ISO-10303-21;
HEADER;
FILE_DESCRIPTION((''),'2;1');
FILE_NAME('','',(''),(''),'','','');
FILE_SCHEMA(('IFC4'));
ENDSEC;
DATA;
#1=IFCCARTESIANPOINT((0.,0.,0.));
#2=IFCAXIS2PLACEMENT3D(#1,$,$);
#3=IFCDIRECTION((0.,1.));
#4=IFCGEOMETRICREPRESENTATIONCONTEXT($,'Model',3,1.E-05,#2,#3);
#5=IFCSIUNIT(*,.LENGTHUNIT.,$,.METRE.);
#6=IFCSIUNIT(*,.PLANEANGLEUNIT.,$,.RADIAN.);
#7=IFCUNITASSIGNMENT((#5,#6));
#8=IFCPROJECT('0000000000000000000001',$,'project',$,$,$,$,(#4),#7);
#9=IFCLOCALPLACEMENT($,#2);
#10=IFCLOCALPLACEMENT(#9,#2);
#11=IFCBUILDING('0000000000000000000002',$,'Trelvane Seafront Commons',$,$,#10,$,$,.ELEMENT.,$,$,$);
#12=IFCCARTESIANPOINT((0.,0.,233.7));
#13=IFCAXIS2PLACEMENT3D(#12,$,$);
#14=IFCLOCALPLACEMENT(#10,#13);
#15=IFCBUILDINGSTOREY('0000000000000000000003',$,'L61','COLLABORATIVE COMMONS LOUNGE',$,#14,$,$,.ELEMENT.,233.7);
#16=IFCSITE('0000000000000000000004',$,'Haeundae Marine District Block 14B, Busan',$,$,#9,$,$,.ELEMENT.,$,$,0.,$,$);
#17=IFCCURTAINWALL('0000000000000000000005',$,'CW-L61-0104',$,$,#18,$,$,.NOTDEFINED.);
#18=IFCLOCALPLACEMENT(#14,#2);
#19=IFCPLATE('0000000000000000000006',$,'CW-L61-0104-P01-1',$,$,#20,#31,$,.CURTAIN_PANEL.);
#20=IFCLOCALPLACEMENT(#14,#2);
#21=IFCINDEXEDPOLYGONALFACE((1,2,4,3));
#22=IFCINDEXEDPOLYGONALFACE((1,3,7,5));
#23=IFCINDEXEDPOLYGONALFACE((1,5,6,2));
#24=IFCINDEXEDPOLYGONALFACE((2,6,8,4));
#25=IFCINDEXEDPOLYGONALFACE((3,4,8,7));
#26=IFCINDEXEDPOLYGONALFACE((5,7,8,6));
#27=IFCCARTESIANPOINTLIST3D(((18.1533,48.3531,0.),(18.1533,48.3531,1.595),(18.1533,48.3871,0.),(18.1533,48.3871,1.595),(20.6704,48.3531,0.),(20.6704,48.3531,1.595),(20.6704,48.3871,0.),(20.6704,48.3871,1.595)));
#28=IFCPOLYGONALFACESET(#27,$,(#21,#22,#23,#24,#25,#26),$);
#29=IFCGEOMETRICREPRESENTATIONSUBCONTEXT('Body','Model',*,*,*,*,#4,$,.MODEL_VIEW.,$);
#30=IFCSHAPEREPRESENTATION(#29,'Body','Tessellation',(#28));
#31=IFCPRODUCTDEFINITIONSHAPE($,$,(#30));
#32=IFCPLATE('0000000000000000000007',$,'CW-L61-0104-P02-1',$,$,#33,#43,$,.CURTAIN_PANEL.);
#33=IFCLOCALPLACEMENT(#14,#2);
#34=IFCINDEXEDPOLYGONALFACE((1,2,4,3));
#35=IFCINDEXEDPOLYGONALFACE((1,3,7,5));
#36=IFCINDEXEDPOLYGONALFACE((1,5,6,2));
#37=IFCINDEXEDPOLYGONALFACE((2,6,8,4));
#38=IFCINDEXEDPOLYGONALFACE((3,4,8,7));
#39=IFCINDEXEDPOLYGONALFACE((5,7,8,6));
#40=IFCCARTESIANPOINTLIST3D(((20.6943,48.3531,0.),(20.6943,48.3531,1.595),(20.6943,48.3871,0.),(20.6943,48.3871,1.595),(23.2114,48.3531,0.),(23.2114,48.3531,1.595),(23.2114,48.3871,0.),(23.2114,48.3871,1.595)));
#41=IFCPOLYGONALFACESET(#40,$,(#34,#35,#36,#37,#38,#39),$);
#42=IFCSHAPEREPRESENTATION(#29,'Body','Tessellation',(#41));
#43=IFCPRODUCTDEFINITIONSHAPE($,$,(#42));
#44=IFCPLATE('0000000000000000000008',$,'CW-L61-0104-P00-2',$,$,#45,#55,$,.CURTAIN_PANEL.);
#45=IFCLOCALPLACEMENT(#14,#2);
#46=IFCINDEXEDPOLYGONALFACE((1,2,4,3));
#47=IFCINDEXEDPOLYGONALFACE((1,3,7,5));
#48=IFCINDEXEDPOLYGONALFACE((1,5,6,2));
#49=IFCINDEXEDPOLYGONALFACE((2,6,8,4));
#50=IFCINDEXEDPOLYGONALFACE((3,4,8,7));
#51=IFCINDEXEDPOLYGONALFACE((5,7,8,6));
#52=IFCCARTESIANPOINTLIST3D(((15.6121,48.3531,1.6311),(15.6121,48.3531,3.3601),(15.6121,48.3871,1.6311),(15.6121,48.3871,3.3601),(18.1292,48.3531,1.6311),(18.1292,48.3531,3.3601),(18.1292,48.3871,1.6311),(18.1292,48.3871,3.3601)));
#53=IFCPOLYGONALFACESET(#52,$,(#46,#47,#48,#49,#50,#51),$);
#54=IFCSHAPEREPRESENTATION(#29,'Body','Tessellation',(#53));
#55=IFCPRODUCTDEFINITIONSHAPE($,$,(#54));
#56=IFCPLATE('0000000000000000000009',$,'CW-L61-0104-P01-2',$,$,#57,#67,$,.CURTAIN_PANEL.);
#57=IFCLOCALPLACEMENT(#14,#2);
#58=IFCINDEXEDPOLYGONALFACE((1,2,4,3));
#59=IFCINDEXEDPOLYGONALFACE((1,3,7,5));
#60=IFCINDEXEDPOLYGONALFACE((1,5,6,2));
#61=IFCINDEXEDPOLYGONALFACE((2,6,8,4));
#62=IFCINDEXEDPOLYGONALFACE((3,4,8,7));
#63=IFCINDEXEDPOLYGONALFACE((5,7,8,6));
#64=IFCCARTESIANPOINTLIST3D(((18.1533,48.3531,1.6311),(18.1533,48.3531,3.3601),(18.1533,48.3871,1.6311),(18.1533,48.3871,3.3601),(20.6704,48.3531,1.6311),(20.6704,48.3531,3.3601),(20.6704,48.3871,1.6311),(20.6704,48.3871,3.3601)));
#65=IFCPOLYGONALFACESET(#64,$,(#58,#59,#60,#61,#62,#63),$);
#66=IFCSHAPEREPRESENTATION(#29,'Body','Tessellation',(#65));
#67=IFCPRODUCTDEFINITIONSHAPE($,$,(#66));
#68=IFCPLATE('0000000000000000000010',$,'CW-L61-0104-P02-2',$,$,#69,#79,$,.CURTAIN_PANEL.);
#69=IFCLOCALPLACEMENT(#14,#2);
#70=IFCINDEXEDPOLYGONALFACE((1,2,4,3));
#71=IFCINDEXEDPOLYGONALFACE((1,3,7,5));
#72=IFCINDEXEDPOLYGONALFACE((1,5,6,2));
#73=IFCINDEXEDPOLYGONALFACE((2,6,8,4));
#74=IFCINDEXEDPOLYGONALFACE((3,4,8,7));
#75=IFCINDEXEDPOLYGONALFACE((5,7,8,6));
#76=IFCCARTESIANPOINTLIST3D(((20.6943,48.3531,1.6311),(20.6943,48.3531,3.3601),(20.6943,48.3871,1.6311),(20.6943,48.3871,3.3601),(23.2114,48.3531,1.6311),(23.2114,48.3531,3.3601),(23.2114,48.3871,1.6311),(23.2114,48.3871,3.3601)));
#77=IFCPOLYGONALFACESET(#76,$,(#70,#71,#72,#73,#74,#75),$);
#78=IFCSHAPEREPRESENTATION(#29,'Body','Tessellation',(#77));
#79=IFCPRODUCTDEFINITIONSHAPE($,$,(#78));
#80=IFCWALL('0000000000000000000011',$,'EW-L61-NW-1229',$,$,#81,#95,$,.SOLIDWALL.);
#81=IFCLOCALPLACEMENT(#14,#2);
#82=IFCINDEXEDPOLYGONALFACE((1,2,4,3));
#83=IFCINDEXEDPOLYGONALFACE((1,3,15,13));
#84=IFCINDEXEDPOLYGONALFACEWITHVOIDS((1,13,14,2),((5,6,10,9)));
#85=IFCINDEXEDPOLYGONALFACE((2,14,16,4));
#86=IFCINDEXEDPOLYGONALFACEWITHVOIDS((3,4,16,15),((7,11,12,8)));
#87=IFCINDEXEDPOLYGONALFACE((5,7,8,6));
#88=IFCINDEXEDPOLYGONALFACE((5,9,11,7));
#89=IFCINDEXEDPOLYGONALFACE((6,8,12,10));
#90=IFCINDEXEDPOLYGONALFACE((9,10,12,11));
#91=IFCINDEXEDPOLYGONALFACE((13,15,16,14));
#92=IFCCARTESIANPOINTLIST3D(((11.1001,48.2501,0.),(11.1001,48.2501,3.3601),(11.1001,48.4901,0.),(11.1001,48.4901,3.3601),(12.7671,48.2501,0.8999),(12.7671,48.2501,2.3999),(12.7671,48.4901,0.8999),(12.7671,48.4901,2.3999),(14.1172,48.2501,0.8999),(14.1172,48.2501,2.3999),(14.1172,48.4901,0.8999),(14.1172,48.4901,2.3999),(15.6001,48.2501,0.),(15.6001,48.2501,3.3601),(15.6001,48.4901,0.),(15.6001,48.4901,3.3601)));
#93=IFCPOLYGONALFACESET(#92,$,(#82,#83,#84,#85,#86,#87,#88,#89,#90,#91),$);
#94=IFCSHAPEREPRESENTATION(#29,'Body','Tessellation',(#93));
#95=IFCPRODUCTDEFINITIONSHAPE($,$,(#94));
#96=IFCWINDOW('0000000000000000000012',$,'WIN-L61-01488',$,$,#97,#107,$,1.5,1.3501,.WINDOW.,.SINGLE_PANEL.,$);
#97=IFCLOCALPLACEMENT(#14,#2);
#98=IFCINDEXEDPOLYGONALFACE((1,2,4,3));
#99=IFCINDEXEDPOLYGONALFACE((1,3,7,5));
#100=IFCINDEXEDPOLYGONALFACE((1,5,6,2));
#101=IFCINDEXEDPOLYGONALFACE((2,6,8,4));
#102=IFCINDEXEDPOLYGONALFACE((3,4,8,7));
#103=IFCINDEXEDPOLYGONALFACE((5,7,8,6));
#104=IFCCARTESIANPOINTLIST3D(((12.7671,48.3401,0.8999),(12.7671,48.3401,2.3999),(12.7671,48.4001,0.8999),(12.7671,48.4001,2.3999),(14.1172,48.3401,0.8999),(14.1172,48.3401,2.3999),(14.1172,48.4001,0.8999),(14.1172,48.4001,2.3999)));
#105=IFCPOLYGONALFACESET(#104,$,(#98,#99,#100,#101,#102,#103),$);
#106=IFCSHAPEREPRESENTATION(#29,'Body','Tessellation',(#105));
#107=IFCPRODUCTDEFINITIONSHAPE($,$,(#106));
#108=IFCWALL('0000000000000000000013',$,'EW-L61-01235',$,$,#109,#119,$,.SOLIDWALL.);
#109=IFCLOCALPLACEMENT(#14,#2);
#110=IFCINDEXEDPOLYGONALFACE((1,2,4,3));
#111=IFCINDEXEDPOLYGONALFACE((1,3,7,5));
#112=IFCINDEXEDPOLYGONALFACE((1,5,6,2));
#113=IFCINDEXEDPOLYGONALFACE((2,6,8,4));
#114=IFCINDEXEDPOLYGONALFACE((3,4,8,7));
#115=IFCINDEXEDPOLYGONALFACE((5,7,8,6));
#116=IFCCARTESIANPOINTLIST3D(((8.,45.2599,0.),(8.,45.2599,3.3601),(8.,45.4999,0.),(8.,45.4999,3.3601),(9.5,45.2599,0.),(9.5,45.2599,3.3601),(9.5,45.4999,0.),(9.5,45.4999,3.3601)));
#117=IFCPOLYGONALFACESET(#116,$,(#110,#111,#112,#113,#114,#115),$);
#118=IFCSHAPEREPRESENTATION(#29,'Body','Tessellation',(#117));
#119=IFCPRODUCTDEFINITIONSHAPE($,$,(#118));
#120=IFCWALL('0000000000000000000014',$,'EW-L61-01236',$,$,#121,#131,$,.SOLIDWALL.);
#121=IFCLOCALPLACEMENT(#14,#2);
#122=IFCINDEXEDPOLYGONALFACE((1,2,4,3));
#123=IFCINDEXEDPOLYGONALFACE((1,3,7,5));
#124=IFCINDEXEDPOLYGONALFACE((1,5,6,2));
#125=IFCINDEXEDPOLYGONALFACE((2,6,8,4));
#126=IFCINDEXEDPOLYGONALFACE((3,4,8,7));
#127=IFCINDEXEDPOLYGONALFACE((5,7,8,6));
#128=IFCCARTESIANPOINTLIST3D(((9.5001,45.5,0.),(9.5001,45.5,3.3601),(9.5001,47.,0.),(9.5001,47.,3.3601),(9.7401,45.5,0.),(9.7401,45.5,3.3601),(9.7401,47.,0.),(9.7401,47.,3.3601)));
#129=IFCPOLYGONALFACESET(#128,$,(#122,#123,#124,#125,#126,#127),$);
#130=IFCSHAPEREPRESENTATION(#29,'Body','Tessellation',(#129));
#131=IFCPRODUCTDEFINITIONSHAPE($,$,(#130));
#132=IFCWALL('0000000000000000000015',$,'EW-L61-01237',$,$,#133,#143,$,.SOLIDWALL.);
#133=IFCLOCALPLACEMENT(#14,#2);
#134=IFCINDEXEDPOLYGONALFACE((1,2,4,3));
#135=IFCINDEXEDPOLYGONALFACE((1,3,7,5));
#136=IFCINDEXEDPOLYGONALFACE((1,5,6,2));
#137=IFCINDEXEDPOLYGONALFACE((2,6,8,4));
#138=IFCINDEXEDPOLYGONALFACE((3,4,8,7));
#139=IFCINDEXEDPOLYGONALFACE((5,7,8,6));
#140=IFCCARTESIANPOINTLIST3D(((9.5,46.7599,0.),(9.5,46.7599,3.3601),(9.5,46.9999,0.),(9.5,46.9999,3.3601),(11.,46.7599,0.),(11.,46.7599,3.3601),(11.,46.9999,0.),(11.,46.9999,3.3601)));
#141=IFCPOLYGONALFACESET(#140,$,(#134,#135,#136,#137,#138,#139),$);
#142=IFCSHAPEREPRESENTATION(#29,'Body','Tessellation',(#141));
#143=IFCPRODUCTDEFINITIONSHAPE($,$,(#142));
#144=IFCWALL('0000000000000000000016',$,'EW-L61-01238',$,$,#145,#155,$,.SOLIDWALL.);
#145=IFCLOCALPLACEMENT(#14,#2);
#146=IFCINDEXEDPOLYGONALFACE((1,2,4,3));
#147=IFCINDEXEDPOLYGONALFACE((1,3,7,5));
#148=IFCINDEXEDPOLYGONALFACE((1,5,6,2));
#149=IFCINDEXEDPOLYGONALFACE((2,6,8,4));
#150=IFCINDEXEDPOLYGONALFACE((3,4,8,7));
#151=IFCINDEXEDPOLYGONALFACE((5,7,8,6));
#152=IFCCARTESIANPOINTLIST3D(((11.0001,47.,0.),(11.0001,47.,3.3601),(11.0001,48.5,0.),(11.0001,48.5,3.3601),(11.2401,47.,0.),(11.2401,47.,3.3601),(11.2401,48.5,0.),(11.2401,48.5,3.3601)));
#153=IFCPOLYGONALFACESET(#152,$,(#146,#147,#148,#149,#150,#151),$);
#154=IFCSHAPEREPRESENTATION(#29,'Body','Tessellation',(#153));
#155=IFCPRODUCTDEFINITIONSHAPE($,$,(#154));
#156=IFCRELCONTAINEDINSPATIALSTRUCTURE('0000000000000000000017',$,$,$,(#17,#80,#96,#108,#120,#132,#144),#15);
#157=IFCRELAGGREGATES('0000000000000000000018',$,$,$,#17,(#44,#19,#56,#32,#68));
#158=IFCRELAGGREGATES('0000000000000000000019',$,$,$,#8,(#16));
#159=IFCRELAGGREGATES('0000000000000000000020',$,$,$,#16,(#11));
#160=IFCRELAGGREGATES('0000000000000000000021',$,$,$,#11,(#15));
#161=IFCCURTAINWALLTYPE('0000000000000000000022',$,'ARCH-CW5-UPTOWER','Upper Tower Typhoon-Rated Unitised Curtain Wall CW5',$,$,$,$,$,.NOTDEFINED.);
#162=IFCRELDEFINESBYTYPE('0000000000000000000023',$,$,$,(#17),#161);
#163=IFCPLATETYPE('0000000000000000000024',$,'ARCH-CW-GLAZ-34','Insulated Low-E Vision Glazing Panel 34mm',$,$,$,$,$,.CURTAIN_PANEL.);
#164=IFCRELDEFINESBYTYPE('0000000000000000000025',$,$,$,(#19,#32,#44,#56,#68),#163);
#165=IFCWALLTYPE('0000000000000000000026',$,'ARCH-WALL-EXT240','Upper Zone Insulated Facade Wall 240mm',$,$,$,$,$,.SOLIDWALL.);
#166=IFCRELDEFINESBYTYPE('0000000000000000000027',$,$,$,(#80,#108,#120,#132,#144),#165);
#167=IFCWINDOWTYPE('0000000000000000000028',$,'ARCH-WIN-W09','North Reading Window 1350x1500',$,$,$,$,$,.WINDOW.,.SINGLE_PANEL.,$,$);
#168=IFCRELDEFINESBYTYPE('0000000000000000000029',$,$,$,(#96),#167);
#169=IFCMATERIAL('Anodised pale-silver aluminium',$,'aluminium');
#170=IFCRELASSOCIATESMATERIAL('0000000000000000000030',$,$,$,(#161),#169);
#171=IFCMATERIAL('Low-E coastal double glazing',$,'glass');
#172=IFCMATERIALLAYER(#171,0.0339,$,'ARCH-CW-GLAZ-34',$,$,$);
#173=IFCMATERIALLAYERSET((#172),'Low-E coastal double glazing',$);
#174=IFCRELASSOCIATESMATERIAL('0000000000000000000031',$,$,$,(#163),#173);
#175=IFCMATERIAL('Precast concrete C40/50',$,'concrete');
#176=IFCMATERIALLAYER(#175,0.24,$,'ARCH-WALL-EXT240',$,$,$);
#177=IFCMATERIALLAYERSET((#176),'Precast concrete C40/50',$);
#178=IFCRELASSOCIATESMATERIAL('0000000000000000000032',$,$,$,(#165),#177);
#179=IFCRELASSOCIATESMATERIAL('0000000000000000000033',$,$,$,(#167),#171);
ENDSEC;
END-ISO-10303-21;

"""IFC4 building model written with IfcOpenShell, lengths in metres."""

from ifc_helpers import new_model, si_unit, direction, frame, frame_2d, origin, origin_2d, place, context, subcontext, project, spatial, rectangle, extrude, source, transform, mapped, material, layer, layer_set, type_object, element, fill, aggregate, save


model = new_model("IFC4")

# Units and contexts
model_context = context("Model", 3, precision=1e-05, world=origin(), true_north=direction((0.0, 1.0)))
body_context = subcontext(model_context, "Body", "Model", "MODEL_VIEW")
ifc_project = project(units=[si_unit("LENGTHUNIT", "METRE"), si_unit("PLANEANGLEUNIT", "RADIAN")], contexts=[model_context])

# Site, building, storey
site_placement = place(None, origin())
site = spatial("IfcSite", under=ifc_project, at=site_placement, Name="Haeundae Marine District Block 14B, Busan", CompositionType="ELEMENT", RefElevation=0.0)
building_placement = place(site_placement, origin())
building = spatial("IfcBuilding", under=site, at=building_placement, Name="Trelvane Seafront Commons", CompositionType="ELEMENT")
storey_placement = place(building_placement, frame((0.0, 0.0, 233.7)))
storey = spatial("IfcBuildingStorey", under=building, at=storey_placement, Name="L61", Description="COLLABORATIVE COMMONS LOUNGE", CompositionType="ELEMENT", Elevation=233.7)

# Curtain wall
ifc_material_1 = material(Name="Anodised pale-silver aluminium", Category="aluminium")
curtain_wall_type = type_object("IfcCurtainWallType", Name="ARCH-CW5-UPTOWER", Description="Upper Tower Typhoon-Rated Unitised Curtain Wall CW5", PredefinedType="NOTDEFINED", material=ifc_material_1)
curtain_wall_placement = place(storey_placement, origin())
curtain_wall = element("IfcCurtainWall", 1, at=curtain_wall_placement, inside=storey, type_object=curtain_wall_type, Name="CW-L61-0104", PredefinedType="NOTDEFINED")

# Plates
ifc_material_2 = material(Name="Low-E coastal double glazing", Category="glass")
ifc_layer_1 = layer(ifc_material_2, 0.0339, Name="ARCH-CW-GLAZ-34")
ifc_layer_set_1 = layer_set([ifc_layer_1], Name="Low-E coastal double glazing")
plate_type_1 = type_object("IfcPlateType", Name="ARCH-CW-GLAZ-34", Description="Insulated Low-E Vision Glazing Panel 34mm", PredefinedType="CURTAIN_PANEL", material=ifc_layer_set_1)
shared_shape_1 = source(origin(), body_context, "Body", "SweptSolid", [
    extrude(rectangle(XDim=2.5171, YDim=0.0339, at=origin_2d()), origin(), (0.0, 0.0, 1.0), 1.595),
])
plate_1_placement = place(storey_placement, frame((19.4119, 48.3701, 0.0), z_axis=(0.0, 0.0, 1.0), x_axis=(1.0, 0.0, 0.0)))
plate_1 = element("IfcPlate", 2, at=plate_1_placement, type_object=plate_type_1, Name="CW-L61-0104-P01-1", PredefinedType="CURTAIN_PANEL", context=body_context, shape_type="MappedRepresentation", body=[
    mapped(shared_shape_1, transform((0.0, 0.0, 0.0), x_axis=(1.0, 0.0, 0.0), y_axis=(0.0, 1.0, 0.0), z_axis=(0.0, 0.0, 1.0), scale=1.0)),
])
plate_2_placement = place(storey_placement, frame((21.9529, 48.3701, 0.0), z_axis=(0.0, 0.0, 1.0), x_axis=(1.0, 0.0, 0.0)))
plate_2 = element("IfcPlate", 3, at=plate_2_placement, type_object=plate_type_1, Name="CW-L61-0104-P02-1", PredefinedType="CURTAIN_PANEL", context=body_context, shape_type="MappedRepresentation", body=[
    mapped(shared_shape_1, transform((0.0, 0.0, 0.0), x_axis=(1.0, 0.0, 0.0), y_axis=(0.0, 1.0, 0.0), z_axis=(0.0, 0.0, 1.0), scale=1.0)),
])
shared_shape_2 = source(origin(), body_context, "Body", "SweptSolid", [
    extrude(rectangle(XDim=2.5171, YDim=0.0339, at=origin_2d()), origin(), (0.0, 0.0, 1.0), 1.729),
])
plate_3_placement = place(storey_placement, frame((16.8706, 48.3701, 1.6311), z_axis=(0.0, 0.0, 1.0), x_axis=(1.0, 0.0, 0.0)))
plate_3 = element("IfcPlate", 4, at=plate_3_placement, type_object=plate_type_1, Name="CW-L61-0104-P00-2", PredefinedType="CURTAIN_PANEL", context=body_context, shape_type="MappedRepresentation", body=[
    mapped(shared_shape_2, transform((0.0, 0.0, 0.0), x_axis=(1.0, 0.0, 0.0), y_axis=(0.0, 1.0, 0.0), z_axis=(0.0, 0.0, 1.0), scale=1.0)),
])
plate_4_placement = place(storey_placement, frame((19.4119, 48.3701, 1.6311), z_axis=(0.0, 0.0, 1.0), x_axis=(1.0, 0.0, 0.0)))
plate_4 = element("IfcPlate", 5, at=plate_4_placement, type_object=plate_type_1, Name="CW-L61-0104-P01-2", PredefinedType="CURTAIN_PANEL", context=body_context, shape_type="MappedRepresentation", body=[
    mapped(shared_shape_2, transform((0.0, 0.0, 0.0), x_axis=(1.0, 0.0, 0.0), y_axis=(0.0, 1.0, 0.0), z_axis=(0.0, 0.0, 1.0), scale=1.0)),
])
plate_5_placement = place(storey_placement, frame((21.9529, 48.3701, 1.6311), z_axis=(0.0, 0.0, 1.0), x_axis=(1.0, 0.0, 0.0)))
plate_5 = element("IfcPlate", 6, at=plate_5_placement, type_object=plate_type_1, Name="CW-L61-0104-P02-2", PredefinedType="CURTAIN_PANEL", context=body_context, shape_type="MappedRepresentation", body=[
    mapped(shared_shape_2, transform((0.0, 0.0, 0.0), x_axis=(1.0, 0.0, 0.0), y_axis=(0.0, 1.0, 0.0), z_axis=(0.0, 0.0, 1.0), scale=1.0)),
])
aggregate(curtain_wall, [plate_3, plate_1, plate_4, plate_2, plate_5])

# Wall, opening, window
ifc_material_3 = material(Name="Precast concrete C40/50", Category="concrete")
ifc_layer_2 = layer(ifc_material_3, 0.24, Name="ARCH-WALL-EXT240")
ifc_layer_set_2 = layer_set([ifc_layer_2], Name="Precast concrete C40/50")
wall_type = type_object("IfcWallType", Name="ARCH-WALL-EXT240", Description="Upper Zone Insulated Facade Wall 240mm", PredefinedType="SOLIDWALL", material=ifc_layer_set_2)
wall_placement = place(storey_placement, frame((11.1001, 48.3701, 0.0), z_axis=(0.0, 0.0, 1.0), x_axis=(1.0, 0.0, 0.0)))
wall = element("IfcWall", 7, at=wall_placement, inside=storey, type_object=wall_type, Name="EW-L61-NW-1229", PredefinedType="SOLIDWALL", context=body_context, shape_type="SweptSolid", body=[
    extrude(rectangle(XDim=4.5, YDim=0.24, at=frame_2d((2.25, 0.0))), origin(), (0.0, 0.0, 1.0), 3.3601),
])
opening_placement = place(wall_placement, frame((1.667, 0.0, 0.8999)))
opening = element("IfcOpeningElement", 8, at=opening_placement, cuts=wall, PredefinedType="OPENING", context=body_context, shape_type="SweptSolid", body=[
    extrude(rectangle(XDim=1.3501, YDim=1.5, at=frame_2d((0.675, 0.75))), frame((0.0, 0.1299, 0.0), z_axis=(0.0, -1.0, 0.0), x_axis=(1.0, 0.0, 0.0)), (0.0, 0.0, 1.0), 0.26),
])
window_type = type_object("IfcWindowType", Name="ARCH-WIN-W09", Description="North Reading Window 1350x1500", PartitioningType="SINGLE_PANEL", PredefinedType="WINDOW", material=ifc_material_2)
shared_shape_3 = source(origin(), body_context, "Body", "SweptSolid", [
    extrude(rectangle(XDim=1.3501, YDim=1.5, at=frame_2d((0.675, 0.75))), frame((0.0, 0.03, 0.0), z_axis=(0.0, -1.0, 0.0), x_axis=(1.0, 0.0, 0.0)), (0.0, 0.0, 1.0), 0.0601),
])
window_placement = place(opening_placement, origin())
window = element("IfcWindow", 9, at=window_placement, inside=storey, type_object=window_type, Name="WIN-L61-01488", OverallHeight=1.5, OverallWidth=1.3501, PartitioningType="SINGLE_PANEL", PredefinedType="WINDOW", context=body_context, shape_type="MappedRepresentation", body=[
    mapped(shared_shape_3, transform((0.0, 0.0, 0.0), x_axis=(1.0, 0.0, 0.0), y_axis=(0.0, 1.0, 0.0), z_axis=(0.0, 0.0, 1.0), scale=1.0)),
])
fill(opening, window)

# Walls
for number, where, z_axis, x_axis, name in (
    (10, (8.0, 45.3799, 0.0), (0.0, 0.0, 1.0), (1.0, 0.0, 0.0), "EW-L61-01235"),
    (11, (9.6201, 45.5, 0.0), (0.0, 0.0, 1.0), (0.0, 1.0, 0.0), "EW-L61-01236"),
    (12, (9.5, 46.8799, 0.0), (0.0, 0.0, 1.0), (1.0, 0.0, 0.0), "EW-L61-01237"),
    (13, (11.1201, 47.0, 0.0), (0.0, 0.0, 1.0), (0.0, 1.0, 0.0), "EW-L61-01238"),
):
    element("IfcWall", number, at=place(storey_placement, frame(where, z_axis=z_axis, x_axis=x_axis)), inside=storey, type_object=wall_type, Name=name, PredefinedType="SOLIDWALL", context=body_context, shape_type="SweptSolid", body=[
        extrude(rectangle(XDim=1.5, YDim=0.24, at=frame_2d((0.75, 0.0))), origin(), (0.0, 0.0, 1.0), 3.3601),
    ])

save(model, "model.ifc")
